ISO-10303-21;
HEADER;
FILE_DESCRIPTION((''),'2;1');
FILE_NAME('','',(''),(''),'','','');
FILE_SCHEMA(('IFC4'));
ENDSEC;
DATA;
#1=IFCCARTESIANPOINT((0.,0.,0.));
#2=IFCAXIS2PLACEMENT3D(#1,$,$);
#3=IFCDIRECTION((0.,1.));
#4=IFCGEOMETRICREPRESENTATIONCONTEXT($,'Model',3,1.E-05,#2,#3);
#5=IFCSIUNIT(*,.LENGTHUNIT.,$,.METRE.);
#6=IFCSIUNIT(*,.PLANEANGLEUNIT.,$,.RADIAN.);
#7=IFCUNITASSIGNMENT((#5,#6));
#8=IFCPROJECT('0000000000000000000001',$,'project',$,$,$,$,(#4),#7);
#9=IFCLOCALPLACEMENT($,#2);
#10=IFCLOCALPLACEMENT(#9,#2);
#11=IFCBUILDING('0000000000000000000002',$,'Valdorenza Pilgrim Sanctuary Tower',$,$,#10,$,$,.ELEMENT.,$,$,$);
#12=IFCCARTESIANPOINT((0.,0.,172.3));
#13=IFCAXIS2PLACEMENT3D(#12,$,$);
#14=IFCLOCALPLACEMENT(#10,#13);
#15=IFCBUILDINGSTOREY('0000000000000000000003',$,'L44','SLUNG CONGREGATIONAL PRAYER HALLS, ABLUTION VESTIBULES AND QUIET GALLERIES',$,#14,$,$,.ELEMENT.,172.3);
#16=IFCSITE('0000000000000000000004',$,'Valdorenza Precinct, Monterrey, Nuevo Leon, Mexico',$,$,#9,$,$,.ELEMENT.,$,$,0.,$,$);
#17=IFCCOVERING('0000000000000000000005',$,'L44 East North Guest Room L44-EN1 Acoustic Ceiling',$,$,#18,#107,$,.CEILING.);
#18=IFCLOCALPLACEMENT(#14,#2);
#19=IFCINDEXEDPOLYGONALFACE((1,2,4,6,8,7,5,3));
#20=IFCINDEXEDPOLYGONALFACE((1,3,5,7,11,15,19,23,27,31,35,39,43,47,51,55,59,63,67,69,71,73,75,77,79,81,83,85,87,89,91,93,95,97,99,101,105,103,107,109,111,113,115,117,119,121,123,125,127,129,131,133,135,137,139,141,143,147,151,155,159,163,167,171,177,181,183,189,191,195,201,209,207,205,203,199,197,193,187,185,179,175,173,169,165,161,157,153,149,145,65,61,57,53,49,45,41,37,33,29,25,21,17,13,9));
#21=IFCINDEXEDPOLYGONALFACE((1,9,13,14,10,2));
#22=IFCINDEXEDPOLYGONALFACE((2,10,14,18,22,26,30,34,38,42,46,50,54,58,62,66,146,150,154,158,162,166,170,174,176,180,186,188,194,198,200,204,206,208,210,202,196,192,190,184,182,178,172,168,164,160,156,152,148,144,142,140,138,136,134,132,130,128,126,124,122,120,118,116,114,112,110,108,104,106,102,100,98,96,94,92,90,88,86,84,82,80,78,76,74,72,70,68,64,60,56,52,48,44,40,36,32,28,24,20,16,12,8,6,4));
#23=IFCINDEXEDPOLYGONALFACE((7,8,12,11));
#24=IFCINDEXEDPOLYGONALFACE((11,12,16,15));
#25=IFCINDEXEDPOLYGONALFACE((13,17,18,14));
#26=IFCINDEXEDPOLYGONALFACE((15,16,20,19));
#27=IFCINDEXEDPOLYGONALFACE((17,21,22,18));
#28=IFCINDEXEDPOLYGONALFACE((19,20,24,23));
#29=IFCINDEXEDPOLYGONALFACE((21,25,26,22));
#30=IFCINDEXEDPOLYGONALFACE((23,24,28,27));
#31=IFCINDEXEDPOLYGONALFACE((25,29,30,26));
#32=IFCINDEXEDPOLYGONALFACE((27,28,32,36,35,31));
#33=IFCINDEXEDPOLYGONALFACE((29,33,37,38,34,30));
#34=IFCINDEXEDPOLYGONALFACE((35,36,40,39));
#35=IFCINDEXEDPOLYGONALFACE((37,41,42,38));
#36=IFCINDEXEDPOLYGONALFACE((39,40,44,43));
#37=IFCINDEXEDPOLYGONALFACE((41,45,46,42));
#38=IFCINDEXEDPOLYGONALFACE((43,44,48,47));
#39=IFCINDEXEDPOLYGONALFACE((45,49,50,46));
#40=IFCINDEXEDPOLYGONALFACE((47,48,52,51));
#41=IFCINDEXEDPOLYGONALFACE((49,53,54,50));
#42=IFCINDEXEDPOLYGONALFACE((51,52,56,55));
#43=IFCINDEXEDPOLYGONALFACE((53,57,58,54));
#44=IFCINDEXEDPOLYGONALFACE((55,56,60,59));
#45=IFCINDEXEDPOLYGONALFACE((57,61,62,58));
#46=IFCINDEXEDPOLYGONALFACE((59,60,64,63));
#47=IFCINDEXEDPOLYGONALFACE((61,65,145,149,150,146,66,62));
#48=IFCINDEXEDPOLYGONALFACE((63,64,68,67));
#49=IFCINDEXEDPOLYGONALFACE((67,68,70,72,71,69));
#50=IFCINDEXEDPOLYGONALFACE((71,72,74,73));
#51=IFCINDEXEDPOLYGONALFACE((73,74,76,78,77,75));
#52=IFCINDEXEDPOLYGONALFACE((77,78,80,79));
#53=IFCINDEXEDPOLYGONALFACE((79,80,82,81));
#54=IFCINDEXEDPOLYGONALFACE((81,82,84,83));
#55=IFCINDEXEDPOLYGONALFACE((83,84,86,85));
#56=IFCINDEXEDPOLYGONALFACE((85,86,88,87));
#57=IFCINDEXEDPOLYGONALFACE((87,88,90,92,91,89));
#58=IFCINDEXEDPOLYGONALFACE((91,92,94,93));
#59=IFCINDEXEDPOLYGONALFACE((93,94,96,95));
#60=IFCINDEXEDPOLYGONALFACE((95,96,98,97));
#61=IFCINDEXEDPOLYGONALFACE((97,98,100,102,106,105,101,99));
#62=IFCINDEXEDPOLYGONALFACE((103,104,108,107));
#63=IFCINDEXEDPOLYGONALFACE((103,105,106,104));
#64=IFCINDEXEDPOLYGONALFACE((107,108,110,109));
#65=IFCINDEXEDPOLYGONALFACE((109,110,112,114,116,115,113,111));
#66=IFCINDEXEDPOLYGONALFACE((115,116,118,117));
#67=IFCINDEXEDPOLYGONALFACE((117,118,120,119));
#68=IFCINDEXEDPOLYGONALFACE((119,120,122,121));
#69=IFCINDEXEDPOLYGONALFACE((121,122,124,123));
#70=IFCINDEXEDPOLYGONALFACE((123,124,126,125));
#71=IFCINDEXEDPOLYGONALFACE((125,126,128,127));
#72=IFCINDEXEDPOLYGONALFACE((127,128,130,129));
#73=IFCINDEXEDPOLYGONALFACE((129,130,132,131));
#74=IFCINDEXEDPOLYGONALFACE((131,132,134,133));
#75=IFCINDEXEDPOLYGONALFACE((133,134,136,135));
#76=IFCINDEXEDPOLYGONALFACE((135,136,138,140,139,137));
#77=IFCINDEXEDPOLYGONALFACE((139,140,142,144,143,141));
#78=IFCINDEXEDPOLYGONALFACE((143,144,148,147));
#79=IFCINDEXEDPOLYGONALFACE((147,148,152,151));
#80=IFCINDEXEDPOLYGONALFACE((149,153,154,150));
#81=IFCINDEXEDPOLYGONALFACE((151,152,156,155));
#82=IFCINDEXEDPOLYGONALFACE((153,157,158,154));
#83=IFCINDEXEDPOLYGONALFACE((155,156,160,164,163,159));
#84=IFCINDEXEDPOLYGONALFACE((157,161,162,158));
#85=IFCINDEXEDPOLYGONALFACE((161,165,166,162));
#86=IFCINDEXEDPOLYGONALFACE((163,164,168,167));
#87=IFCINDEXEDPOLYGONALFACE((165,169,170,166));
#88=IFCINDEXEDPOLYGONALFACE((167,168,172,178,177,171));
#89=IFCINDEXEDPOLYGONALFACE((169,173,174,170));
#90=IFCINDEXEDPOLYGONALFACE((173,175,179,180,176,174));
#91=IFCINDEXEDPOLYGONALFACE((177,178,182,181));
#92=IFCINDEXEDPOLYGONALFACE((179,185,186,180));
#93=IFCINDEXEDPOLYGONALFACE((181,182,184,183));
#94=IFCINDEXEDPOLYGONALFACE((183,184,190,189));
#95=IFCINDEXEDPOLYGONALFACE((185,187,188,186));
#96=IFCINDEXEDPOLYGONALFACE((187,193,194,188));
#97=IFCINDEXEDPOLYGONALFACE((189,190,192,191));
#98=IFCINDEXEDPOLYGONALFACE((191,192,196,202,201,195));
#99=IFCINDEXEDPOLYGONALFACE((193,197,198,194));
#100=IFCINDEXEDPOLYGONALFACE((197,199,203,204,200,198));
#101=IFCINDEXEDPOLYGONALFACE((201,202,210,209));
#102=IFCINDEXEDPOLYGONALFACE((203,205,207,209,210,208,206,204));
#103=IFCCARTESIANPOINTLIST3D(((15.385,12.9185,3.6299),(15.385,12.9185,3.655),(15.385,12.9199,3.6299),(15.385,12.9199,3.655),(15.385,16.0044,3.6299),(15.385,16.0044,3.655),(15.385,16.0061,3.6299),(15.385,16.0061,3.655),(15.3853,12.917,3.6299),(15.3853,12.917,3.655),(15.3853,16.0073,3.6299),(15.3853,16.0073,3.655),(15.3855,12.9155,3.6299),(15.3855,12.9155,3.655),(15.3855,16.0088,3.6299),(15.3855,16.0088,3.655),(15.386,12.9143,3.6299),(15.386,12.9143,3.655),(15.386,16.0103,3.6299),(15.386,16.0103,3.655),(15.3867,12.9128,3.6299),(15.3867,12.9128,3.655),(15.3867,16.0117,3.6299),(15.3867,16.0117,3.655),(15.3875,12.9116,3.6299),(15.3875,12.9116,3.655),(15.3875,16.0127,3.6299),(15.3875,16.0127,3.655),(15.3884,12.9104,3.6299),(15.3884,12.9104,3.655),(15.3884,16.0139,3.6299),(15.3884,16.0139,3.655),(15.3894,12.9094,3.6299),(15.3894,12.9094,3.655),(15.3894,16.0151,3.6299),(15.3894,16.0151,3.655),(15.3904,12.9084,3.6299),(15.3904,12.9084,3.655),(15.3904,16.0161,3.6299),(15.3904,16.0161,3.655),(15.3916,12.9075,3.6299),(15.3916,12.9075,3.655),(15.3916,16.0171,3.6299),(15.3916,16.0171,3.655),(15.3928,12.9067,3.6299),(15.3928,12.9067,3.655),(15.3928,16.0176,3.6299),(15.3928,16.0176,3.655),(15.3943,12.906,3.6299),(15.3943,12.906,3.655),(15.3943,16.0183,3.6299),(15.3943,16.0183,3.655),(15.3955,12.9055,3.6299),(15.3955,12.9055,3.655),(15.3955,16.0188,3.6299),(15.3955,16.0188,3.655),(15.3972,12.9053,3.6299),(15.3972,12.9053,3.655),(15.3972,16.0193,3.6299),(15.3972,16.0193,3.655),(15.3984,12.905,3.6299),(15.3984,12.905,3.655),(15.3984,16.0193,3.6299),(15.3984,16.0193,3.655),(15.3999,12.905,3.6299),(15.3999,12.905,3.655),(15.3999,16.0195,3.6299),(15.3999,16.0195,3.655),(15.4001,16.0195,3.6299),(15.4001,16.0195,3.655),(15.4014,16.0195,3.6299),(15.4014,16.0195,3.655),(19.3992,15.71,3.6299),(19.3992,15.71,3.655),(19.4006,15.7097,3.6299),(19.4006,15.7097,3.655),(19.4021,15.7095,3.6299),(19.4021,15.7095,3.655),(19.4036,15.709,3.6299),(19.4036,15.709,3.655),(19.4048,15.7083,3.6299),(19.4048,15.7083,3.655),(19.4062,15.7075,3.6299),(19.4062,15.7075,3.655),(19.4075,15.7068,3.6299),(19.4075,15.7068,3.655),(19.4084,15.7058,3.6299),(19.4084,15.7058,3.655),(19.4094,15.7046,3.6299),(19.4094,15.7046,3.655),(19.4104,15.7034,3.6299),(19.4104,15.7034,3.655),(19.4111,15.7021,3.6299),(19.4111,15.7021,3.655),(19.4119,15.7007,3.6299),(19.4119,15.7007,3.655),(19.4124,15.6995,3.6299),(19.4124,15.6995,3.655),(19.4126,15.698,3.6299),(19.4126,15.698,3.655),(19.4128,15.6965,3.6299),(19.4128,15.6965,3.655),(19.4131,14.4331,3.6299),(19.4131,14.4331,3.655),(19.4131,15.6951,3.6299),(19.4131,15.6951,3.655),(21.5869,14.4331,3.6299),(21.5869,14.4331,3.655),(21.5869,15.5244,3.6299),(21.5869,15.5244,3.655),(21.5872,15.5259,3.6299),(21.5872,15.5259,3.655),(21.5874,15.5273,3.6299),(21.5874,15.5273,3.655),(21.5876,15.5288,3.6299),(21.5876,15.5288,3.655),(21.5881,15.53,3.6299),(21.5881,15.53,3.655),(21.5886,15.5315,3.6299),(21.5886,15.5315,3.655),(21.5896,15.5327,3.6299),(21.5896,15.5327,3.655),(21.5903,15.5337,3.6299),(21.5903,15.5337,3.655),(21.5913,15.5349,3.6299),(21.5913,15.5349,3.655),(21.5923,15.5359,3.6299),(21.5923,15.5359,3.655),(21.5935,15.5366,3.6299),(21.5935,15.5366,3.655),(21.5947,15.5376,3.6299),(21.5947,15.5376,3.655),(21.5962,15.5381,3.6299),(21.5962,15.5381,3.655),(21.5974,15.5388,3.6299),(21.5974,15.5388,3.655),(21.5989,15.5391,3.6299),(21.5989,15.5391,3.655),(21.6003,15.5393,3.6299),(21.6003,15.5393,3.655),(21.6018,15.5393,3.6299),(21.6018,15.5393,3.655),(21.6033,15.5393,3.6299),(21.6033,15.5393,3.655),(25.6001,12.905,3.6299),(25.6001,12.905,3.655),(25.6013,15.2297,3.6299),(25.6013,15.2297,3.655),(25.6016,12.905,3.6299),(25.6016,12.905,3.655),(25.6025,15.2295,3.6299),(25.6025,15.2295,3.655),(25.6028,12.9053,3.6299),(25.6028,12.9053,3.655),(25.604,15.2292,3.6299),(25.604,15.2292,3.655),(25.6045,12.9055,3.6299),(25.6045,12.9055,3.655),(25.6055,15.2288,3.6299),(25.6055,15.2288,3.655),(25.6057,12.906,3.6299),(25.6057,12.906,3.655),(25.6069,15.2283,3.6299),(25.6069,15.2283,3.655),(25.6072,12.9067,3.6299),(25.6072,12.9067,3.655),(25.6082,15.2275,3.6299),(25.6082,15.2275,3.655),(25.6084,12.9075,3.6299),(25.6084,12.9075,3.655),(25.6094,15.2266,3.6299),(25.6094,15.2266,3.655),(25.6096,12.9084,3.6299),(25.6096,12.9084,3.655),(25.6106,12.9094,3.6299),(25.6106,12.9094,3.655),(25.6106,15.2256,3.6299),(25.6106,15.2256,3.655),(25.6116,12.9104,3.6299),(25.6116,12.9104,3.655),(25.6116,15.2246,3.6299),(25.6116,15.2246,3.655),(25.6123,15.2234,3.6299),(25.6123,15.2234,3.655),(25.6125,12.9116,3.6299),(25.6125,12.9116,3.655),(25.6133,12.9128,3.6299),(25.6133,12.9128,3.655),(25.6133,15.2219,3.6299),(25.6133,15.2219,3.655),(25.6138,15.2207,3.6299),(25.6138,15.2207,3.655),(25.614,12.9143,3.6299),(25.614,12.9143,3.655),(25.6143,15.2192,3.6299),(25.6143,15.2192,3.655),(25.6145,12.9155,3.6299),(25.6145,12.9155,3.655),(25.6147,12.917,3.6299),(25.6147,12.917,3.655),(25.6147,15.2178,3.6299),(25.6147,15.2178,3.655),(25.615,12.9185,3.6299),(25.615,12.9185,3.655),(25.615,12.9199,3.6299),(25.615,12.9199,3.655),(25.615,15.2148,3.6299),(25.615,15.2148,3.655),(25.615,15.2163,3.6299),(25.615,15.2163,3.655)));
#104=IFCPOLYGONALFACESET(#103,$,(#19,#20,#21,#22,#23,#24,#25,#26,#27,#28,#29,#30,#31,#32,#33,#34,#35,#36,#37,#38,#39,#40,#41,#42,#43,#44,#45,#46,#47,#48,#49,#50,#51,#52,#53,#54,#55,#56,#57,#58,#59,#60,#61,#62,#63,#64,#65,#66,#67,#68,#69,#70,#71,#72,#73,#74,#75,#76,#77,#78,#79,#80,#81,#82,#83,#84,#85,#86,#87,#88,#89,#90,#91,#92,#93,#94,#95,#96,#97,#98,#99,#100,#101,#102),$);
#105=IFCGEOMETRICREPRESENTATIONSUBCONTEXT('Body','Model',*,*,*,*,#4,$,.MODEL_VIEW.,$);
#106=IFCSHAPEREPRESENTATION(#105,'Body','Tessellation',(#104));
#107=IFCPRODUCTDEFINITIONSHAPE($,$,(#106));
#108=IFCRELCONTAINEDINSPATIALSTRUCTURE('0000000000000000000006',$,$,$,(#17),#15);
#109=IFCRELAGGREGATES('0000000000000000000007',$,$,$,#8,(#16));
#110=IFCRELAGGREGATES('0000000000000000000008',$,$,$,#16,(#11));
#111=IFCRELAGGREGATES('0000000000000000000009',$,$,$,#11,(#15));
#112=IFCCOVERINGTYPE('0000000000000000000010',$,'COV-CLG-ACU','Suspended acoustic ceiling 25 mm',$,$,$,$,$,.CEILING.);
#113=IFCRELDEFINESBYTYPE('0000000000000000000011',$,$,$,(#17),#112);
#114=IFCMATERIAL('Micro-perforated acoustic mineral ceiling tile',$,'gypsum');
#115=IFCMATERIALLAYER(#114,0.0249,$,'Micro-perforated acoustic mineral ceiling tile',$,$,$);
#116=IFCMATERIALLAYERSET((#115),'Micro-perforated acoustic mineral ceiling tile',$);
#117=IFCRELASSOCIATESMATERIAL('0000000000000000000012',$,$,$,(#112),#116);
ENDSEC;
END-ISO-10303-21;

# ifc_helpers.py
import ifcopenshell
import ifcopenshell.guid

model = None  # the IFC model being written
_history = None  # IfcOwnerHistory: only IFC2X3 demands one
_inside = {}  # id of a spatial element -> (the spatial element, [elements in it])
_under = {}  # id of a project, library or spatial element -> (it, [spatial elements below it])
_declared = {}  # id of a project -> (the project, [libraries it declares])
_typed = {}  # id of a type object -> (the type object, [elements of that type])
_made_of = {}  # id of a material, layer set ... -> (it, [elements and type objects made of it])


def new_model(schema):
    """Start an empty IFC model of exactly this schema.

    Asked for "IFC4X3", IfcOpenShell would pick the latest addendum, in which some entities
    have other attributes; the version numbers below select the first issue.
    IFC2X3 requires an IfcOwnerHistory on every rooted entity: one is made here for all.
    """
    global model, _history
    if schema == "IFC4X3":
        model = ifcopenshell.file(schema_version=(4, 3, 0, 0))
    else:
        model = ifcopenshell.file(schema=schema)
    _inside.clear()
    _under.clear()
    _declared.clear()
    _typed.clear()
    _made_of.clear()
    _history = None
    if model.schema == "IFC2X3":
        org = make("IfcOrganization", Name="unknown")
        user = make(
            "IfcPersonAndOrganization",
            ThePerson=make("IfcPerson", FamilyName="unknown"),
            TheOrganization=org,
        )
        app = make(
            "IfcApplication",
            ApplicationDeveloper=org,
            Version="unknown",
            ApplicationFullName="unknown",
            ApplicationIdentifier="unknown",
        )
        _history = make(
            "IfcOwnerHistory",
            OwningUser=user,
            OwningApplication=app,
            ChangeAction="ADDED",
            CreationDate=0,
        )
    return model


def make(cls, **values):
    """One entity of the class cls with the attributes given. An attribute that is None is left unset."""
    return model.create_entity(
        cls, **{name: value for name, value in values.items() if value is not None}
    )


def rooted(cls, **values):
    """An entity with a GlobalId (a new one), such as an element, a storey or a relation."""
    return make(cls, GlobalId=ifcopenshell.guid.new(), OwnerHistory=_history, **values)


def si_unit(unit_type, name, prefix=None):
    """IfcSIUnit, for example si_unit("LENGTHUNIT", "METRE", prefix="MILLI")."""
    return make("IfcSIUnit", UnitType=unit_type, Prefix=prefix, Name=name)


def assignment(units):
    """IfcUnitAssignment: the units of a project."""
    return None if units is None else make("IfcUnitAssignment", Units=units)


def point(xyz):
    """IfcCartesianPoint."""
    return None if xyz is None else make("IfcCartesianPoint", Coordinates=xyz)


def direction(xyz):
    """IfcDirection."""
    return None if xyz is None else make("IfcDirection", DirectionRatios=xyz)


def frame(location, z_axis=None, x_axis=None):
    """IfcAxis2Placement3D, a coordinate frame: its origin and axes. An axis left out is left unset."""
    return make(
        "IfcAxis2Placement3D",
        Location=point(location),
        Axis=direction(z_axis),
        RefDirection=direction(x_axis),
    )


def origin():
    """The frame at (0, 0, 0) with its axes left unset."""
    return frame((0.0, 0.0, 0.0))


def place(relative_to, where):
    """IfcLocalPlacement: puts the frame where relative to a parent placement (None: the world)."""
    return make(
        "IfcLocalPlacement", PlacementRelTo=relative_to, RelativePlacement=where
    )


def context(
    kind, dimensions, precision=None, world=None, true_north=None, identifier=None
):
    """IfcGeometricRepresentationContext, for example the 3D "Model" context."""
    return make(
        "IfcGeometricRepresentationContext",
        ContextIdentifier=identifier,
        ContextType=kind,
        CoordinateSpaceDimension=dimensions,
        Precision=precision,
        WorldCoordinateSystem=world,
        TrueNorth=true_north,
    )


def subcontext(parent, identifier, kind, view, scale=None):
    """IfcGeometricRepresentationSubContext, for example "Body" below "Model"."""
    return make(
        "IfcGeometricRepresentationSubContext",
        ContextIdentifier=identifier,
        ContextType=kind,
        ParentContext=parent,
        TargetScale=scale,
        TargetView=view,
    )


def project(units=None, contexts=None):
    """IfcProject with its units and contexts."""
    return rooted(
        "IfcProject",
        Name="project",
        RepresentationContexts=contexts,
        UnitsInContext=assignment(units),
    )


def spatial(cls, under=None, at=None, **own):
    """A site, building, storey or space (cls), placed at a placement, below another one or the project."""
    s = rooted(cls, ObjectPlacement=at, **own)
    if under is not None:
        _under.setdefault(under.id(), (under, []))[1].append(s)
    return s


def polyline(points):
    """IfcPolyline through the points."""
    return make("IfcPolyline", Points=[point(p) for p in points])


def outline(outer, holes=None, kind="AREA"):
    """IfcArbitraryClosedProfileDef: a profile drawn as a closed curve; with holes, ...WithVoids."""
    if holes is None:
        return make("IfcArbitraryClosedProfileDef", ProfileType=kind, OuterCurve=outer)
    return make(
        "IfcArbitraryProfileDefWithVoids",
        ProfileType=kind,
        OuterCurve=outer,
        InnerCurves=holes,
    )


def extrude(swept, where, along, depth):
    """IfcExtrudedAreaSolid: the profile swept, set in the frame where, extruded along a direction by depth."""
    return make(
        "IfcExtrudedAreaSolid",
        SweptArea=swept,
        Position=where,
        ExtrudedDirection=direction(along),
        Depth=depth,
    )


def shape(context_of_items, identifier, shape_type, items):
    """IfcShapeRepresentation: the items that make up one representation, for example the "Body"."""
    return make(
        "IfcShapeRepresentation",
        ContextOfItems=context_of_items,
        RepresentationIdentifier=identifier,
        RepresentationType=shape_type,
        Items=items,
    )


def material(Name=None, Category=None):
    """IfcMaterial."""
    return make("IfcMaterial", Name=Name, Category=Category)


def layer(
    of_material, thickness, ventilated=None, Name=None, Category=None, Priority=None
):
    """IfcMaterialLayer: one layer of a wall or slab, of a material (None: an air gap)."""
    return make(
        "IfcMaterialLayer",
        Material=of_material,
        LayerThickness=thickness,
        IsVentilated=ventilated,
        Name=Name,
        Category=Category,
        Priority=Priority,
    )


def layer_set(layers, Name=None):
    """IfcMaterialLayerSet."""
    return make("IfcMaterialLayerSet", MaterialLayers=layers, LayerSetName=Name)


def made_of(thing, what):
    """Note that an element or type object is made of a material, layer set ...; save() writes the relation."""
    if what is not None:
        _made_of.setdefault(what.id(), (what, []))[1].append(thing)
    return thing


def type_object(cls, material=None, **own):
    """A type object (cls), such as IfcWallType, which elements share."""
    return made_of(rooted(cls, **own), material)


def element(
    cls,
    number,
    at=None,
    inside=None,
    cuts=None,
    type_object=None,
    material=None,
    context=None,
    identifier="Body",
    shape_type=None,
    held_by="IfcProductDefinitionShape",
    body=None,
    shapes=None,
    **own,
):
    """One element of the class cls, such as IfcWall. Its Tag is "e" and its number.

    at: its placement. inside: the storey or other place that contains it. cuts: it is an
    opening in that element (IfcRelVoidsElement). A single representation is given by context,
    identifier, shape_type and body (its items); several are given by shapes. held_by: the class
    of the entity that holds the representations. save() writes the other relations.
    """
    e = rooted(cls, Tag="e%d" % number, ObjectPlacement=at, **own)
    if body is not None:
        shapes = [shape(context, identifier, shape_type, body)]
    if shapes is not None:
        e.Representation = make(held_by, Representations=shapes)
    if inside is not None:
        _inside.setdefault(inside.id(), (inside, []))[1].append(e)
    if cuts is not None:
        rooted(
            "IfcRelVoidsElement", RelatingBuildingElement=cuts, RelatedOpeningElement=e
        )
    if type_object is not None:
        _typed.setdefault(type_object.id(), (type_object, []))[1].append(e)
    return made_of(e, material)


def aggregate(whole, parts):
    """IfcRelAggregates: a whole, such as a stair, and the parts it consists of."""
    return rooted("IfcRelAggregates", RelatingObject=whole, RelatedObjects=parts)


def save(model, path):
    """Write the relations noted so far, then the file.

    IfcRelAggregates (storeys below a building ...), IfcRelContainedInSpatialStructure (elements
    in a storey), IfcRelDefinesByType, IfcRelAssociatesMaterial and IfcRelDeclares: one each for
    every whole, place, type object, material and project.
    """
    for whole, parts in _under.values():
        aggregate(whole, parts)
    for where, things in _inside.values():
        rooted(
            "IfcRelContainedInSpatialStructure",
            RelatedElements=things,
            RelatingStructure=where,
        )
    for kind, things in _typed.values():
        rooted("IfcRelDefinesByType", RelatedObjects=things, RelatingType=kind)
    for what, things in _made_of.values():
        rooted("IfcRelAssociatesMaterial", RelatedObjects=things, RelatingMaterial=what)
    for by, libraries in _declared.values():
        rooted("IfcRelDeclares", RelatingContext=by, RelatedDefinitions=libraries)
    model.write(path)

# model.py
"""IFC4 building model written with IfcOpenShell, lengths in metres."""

from ifc_helpers import new_model, si_unit, direction, frame, origin, place, context, subcontext, project, spatial, polyline, outline, extrude, material, layer, layer_set, type_object, element, save


model = new_model("IFC4")

# Units and contexts
model_context = context("Model", 3, precision=1e-05, world=origin(), true_north=direction((0.0, 1.0)))
body_context = subcontext(model_context, "Body", "Model", "MODEL_VIEW")
ifc_project = project(units=[si_unit("LENGTHUNIT", "METRE"), si_unit("PLANEANGLEUNIT", "RADIAN")], contexts=[model_context])

# Site, building, storey
site_placement = place(None, origin())
site = spatial("IfcSite", under=ifc_project, at=site_placement, Name="Valdorenza Precinct, Monterrey, Nuevo Leon, Mexico", CompositionType="ELEMENT", RefElevation=0.0)
building_placement = place(site_placement, origin())
building = spatial("IfcBuilding", under=site, at=building_placement, Name="Valdorenza Pilgrim Sanctuary Tower", CompositionType="ELEMENT")
storey_placement = place(building_placement, frame((0.0, 0.0, 172.3)))
storey = spatial("IfcBuildingStorey", under=building, at=storey_placement, Name="L44", Description="SLUNG CONGREGATIONAL PRAYER HALLS, ABLUTION VESTIBULES AND QUIET GALLERIES", CompositionType="ELEMENT", Elevation=172.3)

# Covering
ifc_material_1 = material(Name="Micro-perforated acoustic mineral ceiling tile", Category="gypsum")
ifc_layer_1 = layer(ifc_material_1, 0.0249, Name="Micro-perforated acoustic mineral ceiling tile")
ifc_layer_set_1 = layer_set([ifc_layer_1], Name="Micro-perforated acoustic mineral ceiling tile")
covering_type_1 = type_object("IfcCoveringType", Name="COV-CLG-ACU", Description="Suspended acoustic ceiling 25 mm", PredefinedType="CEILING", material=ifc_layer_set_1)
covering_1_placement = place(storey_placement, frame((0.0, 0.0, 3.6299)))
element("IfcCovering", 1, at=covering_1_placement, inside=storey, type_object=covering_type_1, Name="L44 East North Guest Room L44-EN1 Acoustic Ceiling", PredefinedType="CEILING", context=body_context, shape_type="SweptSolid", body=[
    extrude(outline(polyline([(15.3999, 12.905), (15.3984, 12.905), (15.3972, 12.9053), (15.3955, 12.9055), (15.3943, 12.906), (15.3928, 12.9067), (15.3916, 12.9075), (15.3904, 12.9084), (15.3894, 12.9094), (15.3884, 12.9104), (15.3875, 12.9116), (15.3867, 12.9128), (15.386, 12.9143), (15.3855, 12.9155), (15.3853, 12.917), (15.385, 12.9185), (15.385, 12.9199), (15.385, 16.0044), (15.385, 16.0061), (15.3853, 16.0073), (15.3855, 16.0088), (15.386, 16.0103), (15.3867, 16.0117), (15.3875, 16.0127), (15.3884, 16.0139), (15.3894, 16.0151), (15.3904, 16.0161), (15.3916, 16.0171), (15.3928, 16.0176), (15.3943, 16.0183), (15.3955, 16.0188), (15.3972, 16.0193), (15.3984, 16.0193), (15.3999, 16.0195), (15.4001, 16.0195), (15.4014, 16.0195), (19.3992, 15.71), (19.4006, 15.7097), (19.4021, 15.7095), (19.4036, 15.709), (19.4048, 15.7083), (19.4062, 15.7075), (19.4075, 15.7068), (19.4084, 15.7058), (19.4094, 15.7046), (19.4104, 15.7034), (19.4111, 15.7021), (19.4119, 15.7007), (19.4124, 15.6995), (19.4126, 15.698), (19.4128, 15.6965), (19.4131, 15.6951), (19.4131, 14.4331), (21.5869, 14.4331), (21.5869, 15.5244), (21.5872, 15.5259), (21.5874, 15.5273), (21.5876, 15.5288), (21.5881, 15.53), (21.5886, 15.5315), (21.5896, 15.5327), (21.5903, 15.5337), (21.5913, 15.5349), (21.5923, 15.5359), (21.5935, 15.5366), (21.5947, 15.5376), (21.5962, 15.5381), (21.5974, 15.5388), (21.5989, 15.5391), (21.6003, 15.5393), (21.6018, 15.5393), (21.6033, 15.5393), (25.6013, 15.2297), (25.6025, 15.2295), (25.604, 15.2292), (25.6055, 15.2288), (25.6069, 15.2283), (25.6082, 15.2275), (25.6094, 15.2266), (25.6106, 15.2256), (25.6116, 15.2246), (25.6123, 15.2234), (25.6133, 15.2219), (25.6138, 15.2207), (25.6143, 15.2192), (25.6147, 15.2178), (25.615, 15.2163), (25.615, 15.2148), (25.615, 12.9199), (25.615, 12.9185), (25.6147, 12.917), (25.6145, 12.9155), (25.614, 12.9143), (25.6133, 12.9128), (25.6125, 12.9116), (25.6116, 12.9104), (25.6106, 12.9094), (25.6096, 12.9084), (25.6084, 12.9075), (25.6072, 12.9067), (25.6057, 12.906), (25.6045, 12.9055), (25.6028, 12.9053), (25.6016, 12.905), (25.6001, 12.905), (15.3999, 12.905)])), origin(), (0.0, 0.0, 1.0), 0.0251),
])

save(model, "model.ifc")
